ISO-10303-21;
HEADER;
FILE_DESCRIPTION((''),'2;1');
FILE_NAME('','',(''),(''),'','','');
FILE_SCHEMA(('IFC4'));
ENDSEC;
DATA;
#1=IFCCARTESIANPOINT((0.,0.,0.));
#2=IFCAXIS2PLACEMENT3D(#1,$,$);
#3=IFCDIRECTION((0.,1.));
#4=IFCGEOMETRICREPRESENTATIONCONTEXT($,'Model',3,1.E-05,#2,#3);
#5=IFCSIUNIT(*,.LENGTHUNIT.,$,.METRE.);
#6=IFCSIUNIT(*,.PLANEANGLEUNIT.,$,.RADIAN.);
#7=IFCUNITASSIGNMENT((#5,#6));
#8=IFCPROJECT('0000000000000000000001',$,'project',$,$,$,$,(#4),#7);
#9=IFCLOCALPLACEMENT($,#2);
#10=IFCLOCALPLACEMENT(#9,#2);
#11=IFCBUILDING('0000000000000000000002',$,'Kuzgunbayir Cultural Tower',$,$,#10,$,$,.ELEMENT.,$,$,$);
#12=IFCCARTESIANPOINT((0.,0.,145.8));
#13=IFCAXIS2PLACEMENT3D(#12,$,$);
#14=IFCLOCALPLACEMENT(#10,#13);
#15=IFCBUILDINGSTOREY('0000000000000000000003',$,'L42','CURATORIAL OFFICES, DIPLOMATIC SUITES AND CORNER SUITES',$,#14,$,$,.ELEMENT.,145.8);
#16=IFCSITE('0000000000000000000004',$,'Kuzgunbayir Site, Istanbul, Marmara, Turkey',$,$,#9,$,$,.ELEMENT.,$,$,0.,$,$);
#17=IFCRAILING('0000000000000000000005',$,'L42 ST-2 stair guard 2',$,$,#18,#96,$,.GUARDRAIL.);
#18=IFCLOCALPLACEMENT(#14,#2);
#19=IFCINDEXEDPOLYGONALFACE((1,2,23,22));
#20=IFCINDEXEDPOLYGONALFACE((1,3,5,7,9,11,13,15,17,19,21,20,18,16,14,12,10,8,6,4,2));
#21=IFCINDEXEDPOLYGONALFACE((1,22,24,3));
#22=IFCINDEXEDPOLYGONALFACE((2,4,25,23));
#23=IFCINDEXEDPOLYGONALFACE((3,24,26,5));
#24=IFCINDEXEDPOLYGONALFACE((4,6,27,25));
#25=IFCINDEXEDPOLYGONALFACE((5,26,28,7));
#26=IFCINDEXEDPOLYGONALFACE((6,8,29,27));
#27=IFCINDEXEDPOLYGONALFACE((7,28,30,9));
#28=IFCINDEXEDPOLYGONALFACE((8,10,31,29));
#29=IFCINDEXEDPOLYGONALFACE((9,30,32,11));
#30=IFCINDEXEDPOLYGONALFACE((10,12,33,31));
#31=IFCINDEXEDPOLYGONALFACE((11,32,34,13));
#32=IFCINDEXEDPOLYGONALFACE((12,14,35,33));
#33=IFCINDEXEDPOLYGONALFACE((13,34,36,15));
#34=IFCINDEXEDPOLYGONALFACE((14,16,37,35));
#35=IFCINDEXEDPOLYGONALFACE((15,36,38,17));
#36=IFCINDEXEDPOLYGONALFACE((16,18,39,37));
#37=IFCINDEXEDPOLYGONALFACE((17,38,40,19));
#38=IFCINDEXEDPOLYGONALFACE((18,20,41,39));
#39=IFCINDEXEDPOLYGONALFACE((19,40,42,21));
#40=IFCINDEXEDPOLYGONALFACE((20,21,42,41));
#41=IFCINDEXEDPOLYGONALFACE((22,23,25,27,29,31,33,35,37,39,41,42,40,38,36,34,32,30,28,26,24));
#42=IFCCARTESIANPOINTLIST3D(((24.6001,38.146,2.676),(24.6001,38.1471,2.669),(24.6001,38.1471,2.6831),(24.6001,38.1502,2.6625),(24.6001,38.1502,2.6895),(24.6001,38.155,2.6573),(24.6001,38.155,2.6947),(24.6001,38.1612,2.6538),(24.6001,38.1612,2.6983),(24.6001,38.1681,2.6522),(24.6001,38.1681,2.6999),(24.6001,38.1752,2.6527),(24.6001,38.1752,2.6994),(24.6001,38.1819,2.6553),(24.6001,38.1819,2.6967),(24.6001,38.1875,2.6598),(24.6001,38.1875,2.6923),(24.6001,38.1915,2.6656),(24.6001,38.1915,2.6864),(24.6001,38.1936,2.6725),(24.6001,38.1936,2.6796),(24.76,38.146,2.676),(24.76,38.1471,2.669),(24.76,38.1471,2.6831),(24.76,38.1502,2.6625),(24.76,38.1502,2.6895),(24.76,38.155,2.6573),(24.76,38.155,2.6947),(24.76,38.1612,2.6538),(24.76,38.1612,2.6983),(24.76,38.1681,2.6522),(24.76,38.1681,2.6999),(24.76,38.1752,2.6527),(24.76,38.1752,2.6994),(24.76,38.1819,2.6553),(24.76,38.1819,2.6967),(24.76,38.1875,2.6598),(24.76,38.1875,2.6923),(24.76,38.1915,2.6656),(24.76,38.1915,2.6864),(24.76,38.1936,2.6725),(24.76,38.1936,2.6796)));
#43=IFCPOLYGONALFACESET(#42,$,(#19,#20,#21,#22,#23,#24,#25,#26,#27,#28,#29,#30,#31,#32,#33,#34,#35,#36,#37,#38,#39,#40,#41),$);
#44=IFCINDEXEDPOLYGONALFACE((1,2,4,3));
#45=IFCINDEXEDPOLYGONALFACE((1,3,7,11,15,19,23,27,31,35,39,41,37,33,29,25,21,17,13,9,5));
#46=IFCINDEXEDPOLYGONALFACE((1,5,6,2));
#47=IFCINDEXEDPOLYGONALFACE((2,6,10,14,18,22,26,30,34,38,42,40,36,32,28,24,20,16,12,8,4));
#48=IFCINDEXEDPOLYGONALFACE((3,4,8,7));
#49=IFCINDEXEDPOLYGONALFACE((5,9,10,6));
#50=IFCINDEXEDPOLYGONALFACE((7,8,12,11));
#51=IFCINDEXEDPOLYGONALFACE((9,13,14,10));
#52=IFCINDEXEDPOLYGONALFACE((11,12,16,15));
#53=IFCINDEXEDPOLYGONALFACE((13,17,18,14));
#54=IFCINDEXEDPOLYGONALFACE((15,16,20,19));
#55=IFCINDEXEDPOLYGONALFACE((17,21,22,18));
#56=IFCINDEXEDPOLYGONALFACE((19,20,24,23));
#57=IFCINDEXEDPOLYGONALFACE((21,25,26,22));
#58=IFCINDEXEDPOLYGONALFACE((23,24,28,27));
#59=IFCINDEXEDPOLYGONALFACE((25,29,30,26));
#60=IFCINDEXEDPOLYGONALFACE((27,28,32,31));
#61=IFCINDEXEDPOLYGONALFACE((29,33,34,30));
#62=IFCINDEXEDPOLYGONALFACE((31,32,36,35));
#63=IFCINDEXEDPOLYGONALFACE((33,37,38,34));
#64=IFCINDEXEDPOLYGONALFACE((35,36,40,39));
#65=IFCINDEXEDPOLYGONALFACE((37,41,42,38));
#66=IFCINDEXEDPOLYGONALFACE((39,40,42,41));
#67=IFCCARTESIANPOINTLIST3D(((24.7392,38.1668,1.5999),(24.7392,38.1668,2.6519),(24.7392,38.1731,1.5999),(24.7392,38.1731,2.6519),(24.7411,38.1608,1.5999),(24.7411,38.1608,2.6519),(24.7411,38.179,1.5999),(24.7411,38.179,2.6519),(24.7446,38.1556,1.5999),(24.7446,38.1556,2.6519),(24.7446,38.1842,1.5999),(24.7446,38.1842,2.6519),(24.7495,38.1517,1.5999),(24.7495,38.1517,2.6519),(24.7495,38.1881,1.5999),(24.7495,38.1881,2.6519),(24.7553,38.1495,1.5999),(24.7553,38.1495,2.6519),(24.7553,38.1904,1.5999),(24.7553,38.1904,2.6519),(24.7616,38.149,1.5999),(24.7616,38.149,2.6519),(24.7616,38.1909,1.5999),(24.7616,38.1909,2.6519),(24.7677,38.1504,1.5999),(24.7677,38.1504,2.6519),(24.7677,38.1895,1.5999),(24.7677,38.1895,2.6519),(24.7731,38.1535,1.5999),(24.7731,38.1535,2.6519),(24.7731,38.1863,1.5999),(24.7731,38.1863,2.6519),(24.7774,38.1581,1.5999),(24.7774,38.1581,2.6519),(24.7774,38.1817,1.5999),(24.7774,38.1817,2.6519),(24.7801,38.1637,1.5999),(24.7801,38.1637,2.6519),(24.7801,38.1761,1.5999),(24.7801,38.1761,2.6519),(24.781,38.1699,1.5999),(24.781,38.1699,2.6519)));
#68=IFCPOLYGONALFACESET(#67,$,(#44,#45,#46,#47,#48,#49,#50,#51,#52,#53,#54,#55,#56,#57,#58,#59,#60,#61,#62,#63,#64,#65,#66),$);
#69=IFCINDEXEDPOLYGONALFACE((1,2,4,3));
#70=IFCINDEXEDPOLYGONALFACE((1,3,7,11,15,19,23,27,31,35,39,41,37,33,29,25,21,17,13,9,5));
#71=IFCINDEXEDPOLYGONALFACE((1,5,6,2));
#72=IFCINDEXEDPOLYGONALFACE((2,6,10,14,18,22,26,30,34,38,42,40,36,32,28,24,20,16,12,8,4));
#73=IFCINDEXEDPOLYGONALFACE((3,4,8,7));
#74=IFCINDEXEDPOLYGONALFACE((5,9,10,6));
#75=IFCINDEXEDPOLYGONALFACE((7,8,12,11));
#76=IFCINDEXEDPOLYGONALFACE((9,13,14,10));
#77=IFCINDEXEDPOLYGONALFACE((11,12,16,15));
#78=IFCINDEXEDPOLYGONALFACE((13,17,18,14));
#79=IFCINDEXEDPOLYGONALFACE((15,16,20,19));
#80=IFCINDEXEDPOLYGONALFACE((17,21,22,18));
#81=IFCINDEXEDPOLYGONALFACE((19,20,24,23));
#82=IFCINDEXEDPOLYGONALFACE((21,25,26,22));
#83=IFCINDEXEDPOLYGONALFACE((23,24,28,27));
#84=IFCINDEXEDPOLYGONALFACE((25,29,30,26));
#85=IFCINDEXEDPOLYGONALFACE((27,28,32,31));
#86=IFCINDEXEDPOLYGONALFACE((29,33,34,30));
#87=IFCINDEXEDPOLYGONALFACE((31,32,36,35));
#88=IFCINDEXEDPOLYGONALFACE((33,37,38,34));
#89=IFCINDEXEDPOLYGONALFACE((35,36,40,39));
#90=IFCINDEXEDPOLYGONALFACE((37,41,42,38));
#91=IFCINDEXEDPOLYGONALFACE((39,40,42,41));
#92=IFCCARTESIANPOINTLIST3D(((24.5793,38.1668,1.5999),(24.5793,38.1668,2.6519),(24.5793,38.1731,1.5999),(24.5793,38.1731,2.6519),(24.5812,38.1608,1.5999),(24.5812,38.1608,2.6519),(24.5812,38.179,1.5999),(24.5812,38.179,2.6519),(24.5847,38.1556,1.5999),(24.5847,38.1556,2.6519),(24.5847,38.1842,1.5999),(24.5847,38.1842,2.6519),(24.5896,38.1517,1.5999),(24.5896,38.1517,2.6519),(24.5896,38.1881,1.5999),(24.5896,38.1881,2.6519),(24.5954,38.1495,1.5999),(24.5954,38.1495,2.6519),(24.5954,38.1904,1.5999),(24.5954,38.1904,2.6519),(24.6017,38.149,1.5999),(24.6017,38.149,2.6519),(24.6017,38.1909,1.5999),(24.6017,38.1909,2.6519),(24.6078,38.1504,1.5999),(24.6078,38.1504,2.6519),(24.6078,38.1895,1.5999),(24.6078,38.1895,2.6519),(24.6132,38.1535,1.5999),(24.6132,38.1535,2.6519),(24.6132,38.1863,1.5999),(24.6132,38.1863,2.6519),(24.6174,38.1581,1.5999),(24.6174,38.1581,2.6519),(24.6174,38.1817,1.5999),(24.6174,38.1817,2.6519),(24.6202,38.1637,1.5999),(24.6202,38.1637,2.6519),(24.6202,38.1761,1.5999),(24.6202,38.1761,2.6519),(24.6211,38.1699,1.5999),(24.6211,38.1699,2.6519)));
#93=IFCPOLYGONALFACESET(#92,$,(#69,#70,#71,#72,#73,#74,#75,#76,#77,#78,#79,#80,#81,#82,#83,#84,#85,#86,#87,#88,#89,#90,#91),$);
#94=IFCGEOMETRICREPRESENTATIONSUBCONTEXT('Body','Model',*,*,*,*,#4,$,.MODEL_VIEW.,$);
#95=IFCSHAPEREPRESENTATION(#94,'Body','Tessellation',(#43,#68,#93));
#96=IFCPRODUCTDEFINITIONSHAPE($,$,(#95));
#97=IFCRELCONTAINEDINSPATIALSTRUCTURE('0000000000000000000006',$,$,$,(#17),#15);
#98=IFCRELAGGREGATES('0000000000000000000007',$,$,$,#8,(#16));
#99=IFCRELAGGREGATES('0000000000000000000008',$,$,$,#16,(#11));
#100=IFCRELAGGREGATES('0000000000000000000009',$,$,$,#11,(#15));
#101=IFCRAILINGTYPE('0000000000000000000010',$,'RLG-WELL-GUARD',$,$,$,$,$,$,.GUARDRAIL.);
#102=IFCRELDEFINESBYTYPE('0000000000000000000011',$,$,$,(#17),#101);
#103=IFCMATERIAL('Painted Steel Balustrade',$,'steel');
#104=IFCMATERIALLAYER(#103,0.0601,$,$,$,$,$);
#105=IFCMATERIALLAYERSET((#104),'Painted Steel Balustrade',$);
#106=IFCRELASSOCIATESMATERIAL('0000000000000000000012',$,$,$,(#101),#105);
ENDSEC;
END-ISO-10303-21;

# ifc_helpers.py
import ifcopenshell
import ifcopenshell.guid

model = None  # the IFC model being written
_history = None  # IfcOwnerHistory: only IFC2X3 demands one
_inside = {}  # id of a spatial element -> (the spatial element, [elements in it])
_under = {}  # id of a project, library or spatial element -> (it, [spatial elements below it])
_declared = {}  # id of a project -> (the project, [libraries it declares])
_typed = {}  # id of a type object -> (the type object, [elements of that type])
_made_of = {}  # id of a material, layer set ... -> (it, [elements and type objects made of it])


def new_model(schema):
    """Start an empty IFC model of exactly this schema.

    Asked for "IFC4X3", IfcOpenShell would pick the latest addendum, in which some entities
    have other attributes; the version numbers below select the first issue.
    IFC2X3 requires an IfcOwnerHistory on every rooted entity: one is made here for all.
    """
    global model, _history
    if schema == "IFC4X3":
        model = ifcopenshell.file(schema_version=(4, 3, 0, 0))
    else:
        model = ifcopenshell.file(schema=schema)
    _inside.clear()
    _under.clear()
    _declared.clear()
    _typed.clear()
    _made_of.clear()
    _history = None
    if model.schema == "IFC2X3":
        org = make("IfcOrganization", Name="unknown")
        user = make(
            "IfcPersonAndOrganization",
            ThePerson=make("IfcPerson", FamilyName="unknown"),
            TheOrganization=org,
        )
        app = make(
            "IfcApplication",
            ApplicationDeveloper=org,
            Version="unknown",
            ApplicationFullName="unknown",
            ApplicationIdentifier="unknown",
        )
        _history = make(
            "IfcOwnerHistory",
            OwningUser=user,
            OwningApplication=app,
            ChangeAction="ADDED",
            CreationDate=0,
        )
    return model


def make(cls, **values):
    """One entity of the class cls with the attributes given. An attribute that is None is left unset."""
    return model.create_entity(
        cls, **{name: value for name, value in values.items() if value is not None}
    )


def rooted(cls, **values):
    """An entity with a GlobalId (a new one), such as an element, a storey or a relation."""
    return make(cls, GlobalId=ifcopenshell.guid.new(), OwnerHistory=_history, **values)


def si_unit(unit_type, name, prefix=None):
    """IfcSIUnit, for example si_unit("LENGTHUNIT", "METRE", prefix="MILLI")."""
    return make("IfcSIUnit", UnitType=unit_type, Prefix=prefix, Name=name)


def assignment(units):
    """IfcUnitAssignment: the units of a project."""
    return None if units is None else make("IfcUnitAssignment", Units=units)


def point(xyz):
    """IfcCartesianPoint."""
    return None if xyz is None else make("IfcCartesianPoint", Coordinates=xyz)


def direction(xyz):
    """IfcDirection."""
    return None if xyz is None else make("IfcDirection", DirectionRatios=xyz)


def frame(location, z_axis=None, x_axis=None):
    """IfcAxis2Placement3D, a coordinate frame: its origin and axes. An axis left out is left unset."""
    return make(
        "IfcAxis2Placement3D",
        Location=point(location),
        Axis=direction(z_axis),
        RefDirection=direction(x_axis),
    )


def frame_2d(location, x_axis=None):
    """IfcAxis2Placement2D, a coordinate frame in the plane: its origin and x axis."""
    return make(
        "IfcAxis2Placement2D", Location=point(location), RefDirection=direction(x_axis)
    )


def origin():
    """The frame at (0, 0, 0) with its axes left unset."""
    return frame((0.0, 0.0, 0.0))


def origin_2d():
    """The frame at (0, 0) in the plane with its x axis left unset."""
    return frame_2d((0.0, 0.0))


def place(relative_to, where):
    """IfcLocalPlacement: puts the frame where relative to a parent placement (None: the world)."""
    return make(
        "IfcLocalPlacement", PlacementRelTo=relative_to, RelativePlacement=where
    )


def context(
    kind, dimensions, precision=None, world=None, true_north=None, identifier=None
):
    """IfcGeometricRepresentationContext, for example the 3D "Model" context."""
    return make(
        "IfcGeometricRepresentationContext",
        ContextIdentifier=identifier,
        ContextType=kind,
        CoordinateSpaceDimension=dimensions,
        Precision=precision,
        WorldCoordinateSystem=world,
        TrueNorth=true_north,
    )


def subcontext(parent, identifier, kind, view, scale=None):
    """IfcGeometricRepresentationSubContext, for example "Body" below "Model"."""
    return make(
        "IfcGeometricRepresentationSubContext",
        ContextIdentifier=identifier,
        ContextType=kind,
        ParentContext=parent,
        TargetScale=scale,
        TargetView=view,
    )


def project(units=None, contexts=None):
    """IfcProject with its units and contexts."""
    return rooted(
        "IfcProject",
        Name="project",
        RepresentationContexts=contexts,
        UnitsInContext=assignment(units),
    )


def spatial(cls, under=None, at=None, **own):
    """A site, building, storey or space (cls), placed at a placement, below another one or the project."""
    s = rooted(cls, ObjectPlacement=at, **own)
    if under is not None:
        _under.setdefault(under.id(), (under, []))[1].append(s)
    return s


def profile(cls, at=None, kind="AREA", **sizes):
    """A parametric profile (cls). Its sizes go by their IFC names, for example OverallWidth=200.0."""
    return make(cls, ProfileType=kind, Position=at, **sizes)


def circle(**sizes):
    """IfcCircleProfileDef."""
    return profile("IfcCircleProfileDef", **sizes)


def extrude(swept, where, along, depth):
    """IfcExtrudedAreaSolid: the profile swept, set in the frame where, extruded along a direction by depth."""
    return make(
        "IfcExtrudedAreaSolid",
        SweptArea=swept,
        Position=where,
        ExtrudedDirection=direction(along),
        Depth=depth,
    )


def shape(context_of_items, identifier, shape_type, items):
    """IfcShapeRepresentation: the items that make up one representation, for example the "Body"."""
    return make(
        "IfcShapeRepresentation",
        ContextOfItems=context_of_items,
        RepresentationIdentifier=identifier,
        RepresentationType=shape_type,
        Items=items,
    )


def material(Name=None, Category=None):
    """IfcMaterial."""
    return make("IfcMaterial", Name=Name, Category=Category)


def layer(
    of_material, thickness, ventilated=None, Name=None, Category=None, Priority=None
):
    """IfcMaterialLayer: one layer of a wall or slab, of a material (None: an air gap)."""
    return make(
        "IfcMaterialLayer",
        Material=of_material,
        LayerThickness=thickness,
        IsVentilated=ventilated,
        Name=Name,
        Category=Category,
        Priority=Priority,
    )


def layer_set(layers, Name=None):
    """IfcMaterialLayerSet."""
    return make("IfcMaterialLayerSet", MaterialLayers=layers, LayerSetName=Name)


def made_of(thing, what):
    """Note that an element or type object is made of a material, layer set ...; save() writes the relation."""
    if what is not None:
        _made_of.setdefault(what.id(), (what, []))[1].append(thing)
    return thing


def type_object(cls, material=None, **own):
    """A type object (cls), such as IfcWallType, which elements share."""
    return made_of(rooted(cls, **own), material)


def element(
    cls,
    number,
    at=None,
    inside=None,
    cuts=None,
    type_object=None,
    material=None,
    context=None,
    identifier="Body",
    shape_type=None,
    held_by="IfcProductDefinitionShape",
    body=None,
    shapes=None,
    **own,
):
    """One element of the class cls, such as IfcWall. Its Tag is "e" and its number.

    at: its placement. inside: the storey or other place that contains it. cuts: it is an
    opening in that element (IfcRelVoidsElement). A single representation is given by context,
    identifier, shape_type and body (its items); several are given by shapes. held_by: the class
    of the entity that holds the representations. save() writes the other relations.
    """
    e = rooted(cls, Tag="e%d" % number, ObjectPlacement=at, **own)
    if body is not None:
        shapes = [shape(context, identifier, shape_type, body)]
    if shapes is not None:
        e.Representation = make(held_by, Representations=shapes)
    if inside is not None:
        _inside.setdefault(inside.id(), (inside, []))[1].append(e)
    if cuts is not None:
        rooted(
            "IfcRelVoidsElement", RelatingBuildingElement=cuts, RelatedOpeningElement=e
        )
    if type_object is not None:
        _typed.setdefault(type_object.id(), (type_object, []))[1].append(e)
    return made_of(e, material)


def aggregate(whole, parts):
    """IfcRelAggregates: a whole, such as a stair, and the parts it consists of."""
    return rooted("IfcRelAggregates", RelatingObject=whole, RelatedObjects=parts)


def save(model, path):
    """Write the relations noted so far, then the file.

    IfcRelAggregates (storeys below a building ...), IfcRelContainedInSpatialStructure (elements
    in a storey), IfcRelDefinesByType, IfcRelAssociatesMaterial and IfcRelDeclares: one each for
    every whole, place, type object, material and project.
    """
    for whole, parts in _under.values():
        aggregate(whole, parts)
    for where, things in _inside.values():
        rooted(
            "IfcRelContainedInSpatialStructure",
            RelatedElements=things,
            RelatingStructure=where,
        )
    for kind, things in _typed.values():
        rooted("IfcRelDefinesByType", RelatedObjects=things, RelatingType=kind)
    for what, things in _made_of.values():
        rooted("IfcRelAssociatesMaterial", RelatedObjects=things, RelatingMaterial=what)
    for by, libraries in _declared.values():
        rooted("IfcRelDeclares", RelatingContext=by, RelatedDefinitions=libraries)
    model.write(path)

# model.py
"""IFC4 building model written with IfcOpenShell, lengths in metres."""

from ifc_helpers import new_model, si_unit, direction, frame, origin, origin_2d, place, context, subcontext, project, spatial, circle, extrude, material, layer, layer_set, type_object, element, save


model = new_model("IFC4")

# Units and contexts
model_context = context("Model", 3, precision=1e-05, world=origin(), true_north=direction((0.0, 1.0)))
body_context = subcontext(model_context, "Body", "Model", "MODEL_VIEW")
ifc_project = project(units=[si_unit("LENGTHUNIT", "METRE"), si_unit("PLANEANGLEUNIT", "RADIAN")], contexts=[model_context])

# Site, building, storey
site_placement = place(None, origin())
site = spatial("IfcSite", under=ifc_project, at=site_placement, Name="Kuzgunbayir Site, Istanbul, Marmara, Turkey", CompositionType="ELEMENT", RefElevation=0.0)
building_placement = place(site_placement, origin())
building = spatial("IfcBuilding", under=site, at=building_placement, Name="Kuzgunbayir Cultural Tower", CompositionType="ELEMENT")
storey_placement = place(building_placement, frame((0.0, 0.0, 145.8)))
storey = spatial("IfcBuildingStorey", under=building, at=storey_placement, Name="L42", Description="CURATORIAL OFFICES, DIPLOMATIC SUITES AND CORNER SUITES", CompositionType="ELEMENT", Elevation=145.8)

# Railing
ifc_material_1 = material(Name="Painted Steel Balustrade", Category="steel")
ifc_layer_1 = layer(ifc_material_1, 0.0601)
ifc_layer_set_1 = layer_set([ifc_layer_1], Name="Painted Steel Balustrade")
railing_type_1 = type_object("IfcRailingType", Name="RLG-WELL-GUARD", PredefinedType="GUARDRAIL", material=ifc_layer_set_1)
railing_1_placement = place(storey_placement, frame((24.76, 38.1699, 1.5999)))
element("IfcRailing", 1, at=railing_1_placement, inside=storey, type_object=railing_type_1, Name="L42 ST-2 stair guard 2", PredefinedType="GUARDRAIL", context=body_context, shape_type="SweptSolid", body=[
    extrude(circle(Radius=0.0239, at=origin_2d()), frame((0.0, 0.0, 1.0762), z_axis=(-1.0, 0.0, 0.0), x_axis=(0.0, -1.0, 0.0)), (0.0, 0.0, 1.0), 0.1599),
    extrude(circle(Radius=0.021, at=origin_2d()), origin(), (0.0, 0.0, 1.0), 1.052),
    extrude(circle(Radius=0.021, at=origin_2d()), frame((-0.1599, 0.0, 0.0)), (0.0, 0.0, 1.0), 1.052),
])

save(model, "model.ifc")
